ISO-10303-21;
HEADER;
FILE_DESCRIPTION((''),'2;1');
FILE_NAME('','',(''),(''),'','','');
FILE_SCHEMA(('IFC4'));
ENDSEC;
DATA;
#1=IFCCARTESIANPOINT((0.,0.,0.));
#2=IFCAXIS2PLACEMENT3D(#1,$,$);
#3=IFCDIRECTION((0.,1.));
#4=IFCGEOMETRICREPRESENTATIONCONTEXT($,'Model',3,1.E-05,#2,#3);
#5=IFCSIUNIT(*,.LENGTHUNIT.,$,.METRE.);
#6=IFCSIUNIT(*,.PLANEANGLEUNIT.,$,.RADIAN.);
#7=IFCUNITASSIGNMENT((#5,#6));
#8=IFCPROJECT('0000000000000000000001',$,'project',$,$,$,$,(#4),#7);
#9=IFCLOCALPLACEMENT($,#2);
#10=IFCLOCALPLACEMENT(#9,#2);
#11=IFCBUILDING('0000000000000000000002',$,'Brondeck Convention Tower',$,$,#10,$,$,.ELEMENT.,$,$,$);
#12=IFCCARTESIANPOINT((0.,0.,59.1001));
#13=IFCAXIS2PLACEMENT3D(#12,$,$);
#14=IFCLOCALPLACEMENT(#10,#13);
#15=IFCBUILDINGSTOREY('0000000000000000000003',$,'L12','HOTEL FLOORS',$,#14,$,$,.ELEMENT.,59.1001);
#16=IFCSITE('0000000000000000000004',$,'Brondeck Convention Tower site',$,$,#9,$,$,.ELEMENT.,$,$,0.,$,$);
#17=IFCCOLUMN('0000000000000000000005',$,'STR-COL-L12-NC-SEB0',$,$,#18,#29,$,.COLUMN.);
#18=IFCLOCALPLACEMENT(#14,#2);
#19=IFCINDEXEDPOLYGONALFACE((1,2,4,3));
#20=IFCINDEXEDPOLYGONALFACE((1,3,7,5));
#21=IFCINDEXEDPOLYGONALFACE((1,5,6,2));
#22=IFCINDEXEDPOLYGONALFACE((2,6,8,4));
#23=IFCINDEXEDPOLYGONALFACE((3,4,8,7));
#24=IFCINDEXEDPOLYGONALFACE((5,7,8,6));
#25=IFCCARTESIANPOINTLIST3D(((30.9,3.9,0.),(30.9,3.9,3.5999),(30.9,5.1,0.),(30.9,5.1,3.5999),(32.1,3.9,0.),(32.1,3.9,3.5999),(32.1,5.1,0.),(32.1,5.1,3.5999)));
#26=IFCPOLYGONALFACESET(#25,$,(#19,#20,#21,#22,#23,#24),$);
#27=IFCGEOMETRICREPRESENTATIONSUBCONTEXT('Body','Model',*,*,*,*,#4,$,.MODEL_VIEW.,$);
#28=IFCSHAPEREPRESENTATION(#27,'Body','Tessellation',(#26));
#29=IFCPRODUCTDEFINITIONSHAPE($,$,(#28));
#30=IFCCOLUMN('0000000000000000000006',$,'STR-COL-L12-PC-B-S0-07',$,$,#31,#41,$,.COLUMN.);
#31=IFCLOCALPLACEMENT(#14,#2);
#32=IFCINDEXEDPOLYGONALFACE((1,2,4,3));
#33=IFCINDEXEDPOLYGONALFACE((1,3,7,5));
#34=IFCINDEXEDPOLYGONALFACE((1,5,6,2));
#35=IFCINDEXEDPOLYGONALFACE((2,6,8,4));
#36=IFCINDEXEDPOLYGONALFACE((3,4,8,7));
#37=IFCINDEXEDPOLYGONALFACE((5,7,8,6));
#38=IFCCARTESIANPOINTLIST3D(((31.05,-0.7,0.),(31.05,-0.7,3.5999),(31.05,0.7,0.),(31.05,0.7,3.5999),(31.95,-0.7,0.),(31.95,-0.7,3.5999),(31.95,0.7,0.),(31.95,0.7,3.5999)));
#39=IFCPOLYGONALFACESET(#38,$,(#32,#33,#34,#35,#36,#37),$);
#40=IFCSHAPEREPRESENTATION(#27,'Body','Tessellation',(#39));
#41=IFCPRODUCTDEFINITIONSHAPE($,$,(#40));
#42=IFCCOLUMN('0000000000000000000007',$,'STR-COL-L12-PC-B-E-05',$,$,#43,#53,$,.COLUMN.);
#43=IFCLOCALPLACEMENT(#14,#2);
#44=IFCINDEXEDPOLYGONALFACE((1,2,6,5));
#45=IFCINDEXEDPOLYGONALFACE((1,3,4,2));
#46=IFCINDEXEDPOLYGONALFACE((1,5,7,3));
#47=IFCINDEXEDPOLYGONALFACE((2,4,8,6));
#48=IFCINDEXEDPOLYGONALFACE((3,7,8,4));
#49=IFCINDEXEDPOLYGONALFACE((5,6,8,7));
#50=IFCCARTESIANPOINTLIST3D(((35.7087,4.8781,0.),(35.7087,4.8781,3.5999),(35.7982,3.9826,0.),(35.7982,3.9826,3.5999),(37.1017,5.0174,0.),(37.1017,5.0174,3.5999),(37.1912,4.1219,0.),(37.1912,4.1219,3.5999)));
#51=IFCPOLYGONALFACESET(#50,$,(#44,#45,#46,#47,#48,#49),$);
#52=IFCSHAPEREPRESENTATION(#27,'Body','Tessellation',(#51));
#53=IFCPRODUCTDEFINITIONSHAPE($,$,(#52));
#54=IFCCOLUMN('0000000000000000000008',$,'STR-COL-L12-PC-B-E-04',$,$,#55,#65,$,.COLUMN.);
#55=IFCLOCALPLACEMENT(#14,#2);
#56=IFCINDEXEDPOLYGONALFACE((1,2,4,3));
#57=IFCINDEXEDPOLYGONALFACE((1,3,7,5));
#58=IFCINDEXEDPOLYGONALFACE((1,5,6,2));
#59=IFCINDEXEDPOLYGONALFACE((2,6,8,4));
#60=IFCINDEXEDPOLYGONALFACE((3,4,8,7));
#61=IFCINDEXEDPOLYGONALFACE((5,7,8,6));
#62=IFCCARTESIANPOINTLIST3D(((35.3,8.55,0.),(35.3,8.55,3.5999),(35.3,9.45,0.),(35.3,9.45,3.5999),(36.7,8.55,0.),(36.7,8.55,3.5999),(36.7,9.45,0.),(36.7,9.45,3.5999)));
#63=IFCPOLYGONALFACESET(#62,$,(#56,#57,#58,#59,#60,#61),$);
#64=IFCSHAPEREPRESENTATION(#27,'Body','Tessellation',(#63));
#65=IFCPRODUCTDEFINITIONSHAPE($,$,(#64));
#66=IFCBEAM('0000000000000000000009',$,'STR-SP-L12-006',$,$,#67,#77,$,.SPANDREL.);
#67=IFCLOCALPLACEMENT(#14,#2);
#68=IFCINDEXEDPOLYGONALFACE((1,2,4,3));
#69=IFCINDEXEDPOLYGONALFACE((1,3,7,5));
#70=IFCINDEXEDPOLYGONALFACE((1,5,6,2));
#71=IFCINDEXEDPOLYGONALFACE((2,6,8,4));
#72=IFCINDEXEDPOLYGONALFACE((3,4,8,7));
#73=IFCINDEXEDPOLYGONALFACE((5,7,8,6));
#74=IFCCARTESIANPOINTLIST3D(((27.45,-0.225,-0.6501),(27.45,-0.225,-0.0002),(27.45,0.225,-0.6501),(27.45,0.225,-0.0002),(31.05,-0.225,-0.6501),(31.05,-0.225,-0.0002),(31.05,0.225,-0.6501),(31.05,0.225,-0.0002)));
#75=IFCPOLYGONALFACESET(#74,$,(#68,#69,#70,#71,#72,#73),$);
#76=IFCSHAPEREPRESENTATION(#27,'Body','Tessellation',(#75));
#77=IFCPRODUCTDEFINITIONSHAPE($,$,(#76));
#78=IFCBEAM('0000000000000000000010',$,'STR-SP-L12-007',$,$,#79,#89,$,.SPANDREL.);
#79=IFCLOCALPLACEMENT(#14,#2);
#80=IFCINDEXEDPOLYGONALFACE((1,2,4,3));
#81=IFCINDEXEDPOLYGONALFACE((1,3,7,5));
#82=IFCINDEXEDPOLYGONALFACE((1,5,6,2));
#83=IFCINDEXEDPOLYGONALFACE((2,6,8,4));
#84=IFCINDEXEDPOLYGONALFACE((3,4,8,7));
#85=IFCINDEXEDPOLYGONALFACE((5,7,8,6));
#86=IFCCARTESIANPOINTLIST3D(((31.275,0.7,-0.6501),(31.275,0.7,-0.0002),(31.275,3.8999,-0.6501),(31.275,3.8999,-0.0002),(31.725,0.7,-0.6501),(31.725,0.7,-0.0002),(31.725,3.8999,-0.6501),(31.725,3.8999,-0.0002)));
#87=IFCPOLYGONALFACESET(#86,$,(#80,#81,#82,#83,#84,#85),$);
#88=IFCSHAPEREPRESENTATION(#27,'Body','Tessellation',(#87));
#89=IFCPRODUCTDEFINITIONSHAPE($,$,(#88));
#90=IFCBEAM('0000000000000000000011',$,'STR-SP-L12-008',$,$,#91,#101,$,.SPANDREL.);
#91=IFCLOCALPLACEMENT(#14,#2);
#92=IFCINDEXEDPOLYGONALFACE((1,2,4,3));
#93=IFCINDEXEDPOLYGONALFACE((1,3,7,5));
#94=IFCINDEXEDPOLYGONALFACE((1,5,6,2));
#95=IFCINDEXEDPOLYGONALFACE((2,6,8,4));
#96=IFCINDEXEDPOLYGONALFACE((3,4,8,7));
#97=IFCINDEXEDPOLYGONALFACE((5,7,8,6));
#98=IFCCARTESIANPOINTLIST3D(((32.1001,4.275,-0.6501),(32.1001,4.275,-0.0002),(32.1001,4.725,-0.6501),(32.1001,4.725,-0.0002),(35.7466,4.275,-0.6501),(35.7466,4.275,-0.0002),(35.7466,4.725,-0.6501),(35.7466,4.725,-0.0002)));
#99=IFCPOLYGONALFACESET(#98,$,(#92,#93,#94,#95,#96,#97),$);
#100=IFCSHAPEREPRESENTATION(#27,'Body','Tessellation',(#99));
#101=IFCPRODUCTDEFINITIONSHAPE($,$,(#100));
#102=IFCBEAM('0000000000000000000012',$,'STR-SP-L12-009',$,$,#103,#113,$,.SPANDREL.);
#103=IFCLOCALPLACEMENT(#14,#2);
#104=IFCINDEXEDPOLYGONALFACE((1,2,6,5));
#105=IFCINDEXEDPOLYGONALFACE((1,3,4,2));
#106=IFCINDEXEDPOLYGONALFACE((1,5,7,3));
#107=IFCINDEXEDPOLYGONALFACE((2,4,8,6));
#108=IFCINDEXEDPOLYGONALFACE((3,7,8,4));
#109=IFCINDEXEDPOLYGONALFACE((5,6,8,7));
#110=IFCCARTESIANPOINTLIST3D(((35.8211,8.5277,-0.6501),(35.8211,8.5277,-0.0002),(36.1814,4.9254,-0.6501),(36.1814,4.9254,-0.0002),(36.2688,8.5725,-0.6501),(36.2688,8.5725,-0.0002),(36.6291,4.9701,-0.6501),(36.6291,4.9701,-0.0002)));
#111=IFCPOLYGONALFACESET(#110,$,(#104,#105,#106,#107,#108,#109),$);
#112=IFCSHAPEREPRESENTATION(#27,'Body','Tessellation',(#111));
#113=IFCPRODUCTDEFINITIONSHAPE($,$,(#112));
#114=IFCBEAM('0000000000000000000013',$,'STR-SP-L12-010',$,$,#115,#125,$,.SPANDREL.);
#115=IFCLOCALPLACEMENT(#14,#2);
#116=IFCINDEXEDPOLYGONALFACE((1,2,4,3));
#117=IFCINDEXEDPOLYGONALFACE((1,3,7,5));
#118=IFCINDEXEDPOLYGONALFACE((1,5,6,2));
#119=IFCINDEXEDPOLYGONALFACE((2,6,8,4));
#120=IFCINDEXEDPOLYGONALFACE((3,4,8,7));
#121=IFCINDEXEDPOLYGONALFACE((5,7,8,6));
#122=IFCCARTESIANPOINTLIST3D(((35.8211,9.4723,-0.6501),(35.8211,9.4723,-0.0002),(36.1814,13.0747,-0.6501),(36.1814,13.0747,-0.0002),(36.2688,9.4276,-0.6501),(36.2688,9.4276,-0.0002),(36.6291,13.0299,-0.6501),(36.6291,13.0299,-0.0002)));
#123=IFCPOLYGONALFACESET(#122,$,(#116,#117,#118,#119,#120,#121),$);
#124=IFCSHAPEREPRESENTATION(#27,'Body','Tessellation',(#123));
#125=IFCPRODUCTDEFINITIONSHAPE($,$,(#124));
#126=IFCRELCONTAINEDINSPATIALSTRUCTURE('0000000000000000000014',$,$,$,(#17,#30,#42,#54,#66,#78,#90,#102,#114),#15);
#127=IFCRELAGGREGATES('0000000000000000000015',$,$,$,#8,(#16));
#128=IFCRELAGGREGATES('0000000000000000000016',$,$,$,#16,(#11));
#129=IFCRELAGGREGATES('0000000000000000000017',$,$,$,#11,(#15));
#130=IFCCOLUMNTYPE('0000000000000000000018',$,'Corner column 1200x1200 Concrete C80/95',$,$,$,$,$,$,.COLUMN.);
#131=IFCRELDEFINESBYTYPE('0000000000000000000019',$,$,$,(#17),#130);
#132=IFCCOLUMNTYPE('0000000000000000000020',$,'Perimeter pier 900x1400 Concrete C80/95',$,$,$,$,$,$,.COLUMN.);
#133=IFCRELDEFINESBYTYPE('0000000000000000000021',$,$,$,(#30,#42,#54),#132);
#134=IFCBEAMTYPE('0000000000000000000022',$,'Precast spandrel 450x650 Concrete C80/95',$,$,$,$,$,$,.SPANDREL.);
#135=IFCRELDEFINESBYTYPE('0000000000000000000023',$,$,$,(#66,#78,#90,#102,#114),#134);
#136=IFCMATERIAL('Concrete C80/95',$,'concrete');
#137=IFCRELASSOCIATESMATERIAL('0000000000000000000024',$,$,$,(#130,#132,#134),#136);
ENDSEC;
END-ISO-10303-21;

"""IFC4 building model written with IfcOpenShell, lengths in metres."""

from ifc_helpers import new_model, si_unit, direction, frame, origin, origin_2d, place, context, subcontext, project, spatial, rectangle, extrude, material, material_profile, profile_set, type_object, element, save


model = new_model("IFC4")

# Units and contexts
model_context = context("Model", 3, precision=1e-05, world=origin(), true_north=direction((0.0, 1.0)))
body_context = subcontext(model_context, "Body", "Model", "MODEL_VIEW")
ifc_project = project(units=[si_unit("LENGTHUNIT", "METRE"), si_unit("PLANEANGLEUNIT", "RADIAN")], contexts=[model_context])

# Site, building, storey
site_placement = place(None, origin())
site = spatial("IfcSite", under=ifc_project, at=site_placement, Name="Brondeck Convention Tower site", CompositionType="ELEMENT", RefElevation=0.0)
building_placement = place(site_placement, origin())
building = spatial("IfcBuilding", under=site, at=building_placement, Name="Brondeck Convention Tower", CompositionType="ELEMENT")
storey_placement = place(building_placement, frame((0.0, 0.0, 59.1001)))
storey = spatial("IfcBuildingStorey", under=building, at=storey_placement, Name="L12", Description="HOTEL FLOORS", CompositionType="ELEMENT", Elevation=59.1001)

# Columns
ifc_material_1 = material(Name="Concrete C80/95", Category="concrete")
ifc_material_profile_1 = material_profile(ifc_material_1, rectangle(XDim=1.2, YDim=1.2, at=origin_2d()), Name="Corner column 1200x1200 Concrete C80/95")
ifc_profile_set_1 = profile_set([ifc_material_profile_1], Name="Concrete C80/95")
column_type_1 = type_object("IfcColumnType", Name="Corner column 1200x1200 Concrete C80/95", PredefinedType="COLUMN", material=ifc_profile_set_1)
column_placement = place(storey_placement, frame((31.5, 4.5, 0.0), z_axis=(0.0, 0.0, 1.0), x_axis=(1.0, 0.0, 0.0)))
element("IfcColumn", 1, at=column_placement, inside=storey, type_object=column_type_1, Name="STR-COL-L12-NC-SEB0", PredefinedType="COLUMN", context=body_context, shape_type="SweptSolid", body=[
    extrude(rectangle(XDim=1.2, YDim=1.2, at=origin_2d()), origin(), (0.0, 0.0, 1.0), 3.5999),
])
ifc_material_profile_2 = material_profile(ifc_material_1, rectangle(XDim=0.8999, YDim=1.3999, at=origin_2d()), Name="Perimeter pier 900x1400 Concrete C80/95")
ifc_profile_set_2 = profile_set([ifc_material_profile_2], Name="Concrete C80/95")
column_type_2 = type_object("IfcColumnType", Name="Perimeter pier 900x1400 Concrete C80/95", PredefinedType="COLUMN", material=ifc_profile_set_2)
for number, where, z_axis, x_axis, name in (
    (2, (31.5, 0.0, 0.0), (0.0, 0.0, 1.0), (1.0, 0.0, 0.0), "STR-COL-L12-PC-B-S0-07"),
    (3, (36.45, 4.5, 0.0), (0.0, 0.0, 1.0), (-0.099504, 0.995037, 0.0), "STR-COL-L12-PC-B-E-05"),
    (4, (36.0, 9.0, 0.0), (0.0, 0.0, 1.0), (0.0, 1.0, 0.0), "STR-COL-L12-PC-B-E-04"),
):
    element("IfcColumn", number, at=place(storey_placement, frame(where, z_axis=z_axis, x_axis=x_axis)), inside=storey, type_object=column_type_2, Name=name, PredefinedType="COLUMN", context=body_context, shape_type="SweptSolid", body=[
        extrude(rectangle(XDim=0.8999, YDim=1.3999, at=origin_2d()), origin(), (0.0, 0.0, 1.0), 3.5999),
    ])

# Beams
ifc_material_profile_3 = material_profile(ifc_material_1, rectangle(XDim=0.45, YDim=0.6499, at=origin_2d()), Name="Precast spandrel 450x650 Concrete C80/95")
ifc_profile_set_3 = profile_set([ifc_material_profile_3], Name="Concrete C80/95")
beam_type = type_object("IfcBeamType", Name="Precast spandrel 450x650 Concrete C80/95", PredefinedType="SPANDREL", material=ifc_profile_set_3)
beam_1_placement = place(storey_placement, frame((27.45, 0.0, -0.3252), z_axis=(1.0, 0.0, 0.0), x_axis=(0.0, 1.0, 0.0)))
element("IfcBeam", 5, at=beam_1_placement, inside=storey, type_object=beam_type, Name="STR-SP-L12-006", PredefinedType="SPANDREL", context=body_context, shape_type="SweptSolid", body=[
    extrude(rectangle(XDim=0.45, YDim=0.6499, at=origin_2d()), origin(), (0.0, 0.0, 1.0), 3.6001),
])
beam_2_placement = place(storey_placement, frame((31.5, 0.7, -0.3252), z_axis=(0.0, 1.0, 0.0), x_axis=(-1.0, 0.0, 0.0)))
element("IfcBeam", 6, at=beam_2_placement, inside=storey, type_object=beam_type, Name="STR-SP-L12-007", PredefinedType="SPANDREL", context=body_context, shape_type="SweptSolid", body=[
    extrude(rectangle(XDim=0.45, YDim=0.6499, at=origin_2d()), origin(), (0.0, 0.0, 1.0), 3.2),
])
beam_3_placement = place(storey_placement, frame((32.1001, 4.5, -0.3252), z_axis=(1.0, 0.0, 0.0), x_axis=(0.0, 1.0, 0.0)))
element("IfcBeam", 7, at=beam_3_placement, inside=storey, type_object=beam_type, Name="STR-SP-L12-008", PredefinedType="SPANDREL", context=body_context, shape_type="SweptSolid", body=[
    extrude(rectangle(XDim=0.45, YDim=0.6499, at=origin_2d()), origin(), (0.0, 0.0, 1.0), 3.6465),
])
for number, where, z_axis, x_axis, name in (
    (8, (36.4053, 4.9478, -0.3252), (-0.099537, 0.995034, 0.0), (-0.995034, -0.099537, 0.0), "STR-SP-L12-009"),
    (9, (36.0449, 9.45, -0.3252), (0.099537, 0.995034, 0.0), (-0.995034, 0.099537, 0.0), "STR-SP-L12-010"),
):
    element("IfcBeam", number, at=place(storey_placement, frame(where, z_axis=z_axis, x_axis=x_axis)), inside=storey, type_object=beam_type, Name=name, PredefinedType="SPANDREL", context=body_context, shape_type="SweptSolid", body=[
        extrude(rectangle(XDim=0.45, YDim=0.6499, at=origin_2d()), origin(), (0.0, 0.0, 1.0), 3.6204),
    ])

save(model, "model.ifc")
